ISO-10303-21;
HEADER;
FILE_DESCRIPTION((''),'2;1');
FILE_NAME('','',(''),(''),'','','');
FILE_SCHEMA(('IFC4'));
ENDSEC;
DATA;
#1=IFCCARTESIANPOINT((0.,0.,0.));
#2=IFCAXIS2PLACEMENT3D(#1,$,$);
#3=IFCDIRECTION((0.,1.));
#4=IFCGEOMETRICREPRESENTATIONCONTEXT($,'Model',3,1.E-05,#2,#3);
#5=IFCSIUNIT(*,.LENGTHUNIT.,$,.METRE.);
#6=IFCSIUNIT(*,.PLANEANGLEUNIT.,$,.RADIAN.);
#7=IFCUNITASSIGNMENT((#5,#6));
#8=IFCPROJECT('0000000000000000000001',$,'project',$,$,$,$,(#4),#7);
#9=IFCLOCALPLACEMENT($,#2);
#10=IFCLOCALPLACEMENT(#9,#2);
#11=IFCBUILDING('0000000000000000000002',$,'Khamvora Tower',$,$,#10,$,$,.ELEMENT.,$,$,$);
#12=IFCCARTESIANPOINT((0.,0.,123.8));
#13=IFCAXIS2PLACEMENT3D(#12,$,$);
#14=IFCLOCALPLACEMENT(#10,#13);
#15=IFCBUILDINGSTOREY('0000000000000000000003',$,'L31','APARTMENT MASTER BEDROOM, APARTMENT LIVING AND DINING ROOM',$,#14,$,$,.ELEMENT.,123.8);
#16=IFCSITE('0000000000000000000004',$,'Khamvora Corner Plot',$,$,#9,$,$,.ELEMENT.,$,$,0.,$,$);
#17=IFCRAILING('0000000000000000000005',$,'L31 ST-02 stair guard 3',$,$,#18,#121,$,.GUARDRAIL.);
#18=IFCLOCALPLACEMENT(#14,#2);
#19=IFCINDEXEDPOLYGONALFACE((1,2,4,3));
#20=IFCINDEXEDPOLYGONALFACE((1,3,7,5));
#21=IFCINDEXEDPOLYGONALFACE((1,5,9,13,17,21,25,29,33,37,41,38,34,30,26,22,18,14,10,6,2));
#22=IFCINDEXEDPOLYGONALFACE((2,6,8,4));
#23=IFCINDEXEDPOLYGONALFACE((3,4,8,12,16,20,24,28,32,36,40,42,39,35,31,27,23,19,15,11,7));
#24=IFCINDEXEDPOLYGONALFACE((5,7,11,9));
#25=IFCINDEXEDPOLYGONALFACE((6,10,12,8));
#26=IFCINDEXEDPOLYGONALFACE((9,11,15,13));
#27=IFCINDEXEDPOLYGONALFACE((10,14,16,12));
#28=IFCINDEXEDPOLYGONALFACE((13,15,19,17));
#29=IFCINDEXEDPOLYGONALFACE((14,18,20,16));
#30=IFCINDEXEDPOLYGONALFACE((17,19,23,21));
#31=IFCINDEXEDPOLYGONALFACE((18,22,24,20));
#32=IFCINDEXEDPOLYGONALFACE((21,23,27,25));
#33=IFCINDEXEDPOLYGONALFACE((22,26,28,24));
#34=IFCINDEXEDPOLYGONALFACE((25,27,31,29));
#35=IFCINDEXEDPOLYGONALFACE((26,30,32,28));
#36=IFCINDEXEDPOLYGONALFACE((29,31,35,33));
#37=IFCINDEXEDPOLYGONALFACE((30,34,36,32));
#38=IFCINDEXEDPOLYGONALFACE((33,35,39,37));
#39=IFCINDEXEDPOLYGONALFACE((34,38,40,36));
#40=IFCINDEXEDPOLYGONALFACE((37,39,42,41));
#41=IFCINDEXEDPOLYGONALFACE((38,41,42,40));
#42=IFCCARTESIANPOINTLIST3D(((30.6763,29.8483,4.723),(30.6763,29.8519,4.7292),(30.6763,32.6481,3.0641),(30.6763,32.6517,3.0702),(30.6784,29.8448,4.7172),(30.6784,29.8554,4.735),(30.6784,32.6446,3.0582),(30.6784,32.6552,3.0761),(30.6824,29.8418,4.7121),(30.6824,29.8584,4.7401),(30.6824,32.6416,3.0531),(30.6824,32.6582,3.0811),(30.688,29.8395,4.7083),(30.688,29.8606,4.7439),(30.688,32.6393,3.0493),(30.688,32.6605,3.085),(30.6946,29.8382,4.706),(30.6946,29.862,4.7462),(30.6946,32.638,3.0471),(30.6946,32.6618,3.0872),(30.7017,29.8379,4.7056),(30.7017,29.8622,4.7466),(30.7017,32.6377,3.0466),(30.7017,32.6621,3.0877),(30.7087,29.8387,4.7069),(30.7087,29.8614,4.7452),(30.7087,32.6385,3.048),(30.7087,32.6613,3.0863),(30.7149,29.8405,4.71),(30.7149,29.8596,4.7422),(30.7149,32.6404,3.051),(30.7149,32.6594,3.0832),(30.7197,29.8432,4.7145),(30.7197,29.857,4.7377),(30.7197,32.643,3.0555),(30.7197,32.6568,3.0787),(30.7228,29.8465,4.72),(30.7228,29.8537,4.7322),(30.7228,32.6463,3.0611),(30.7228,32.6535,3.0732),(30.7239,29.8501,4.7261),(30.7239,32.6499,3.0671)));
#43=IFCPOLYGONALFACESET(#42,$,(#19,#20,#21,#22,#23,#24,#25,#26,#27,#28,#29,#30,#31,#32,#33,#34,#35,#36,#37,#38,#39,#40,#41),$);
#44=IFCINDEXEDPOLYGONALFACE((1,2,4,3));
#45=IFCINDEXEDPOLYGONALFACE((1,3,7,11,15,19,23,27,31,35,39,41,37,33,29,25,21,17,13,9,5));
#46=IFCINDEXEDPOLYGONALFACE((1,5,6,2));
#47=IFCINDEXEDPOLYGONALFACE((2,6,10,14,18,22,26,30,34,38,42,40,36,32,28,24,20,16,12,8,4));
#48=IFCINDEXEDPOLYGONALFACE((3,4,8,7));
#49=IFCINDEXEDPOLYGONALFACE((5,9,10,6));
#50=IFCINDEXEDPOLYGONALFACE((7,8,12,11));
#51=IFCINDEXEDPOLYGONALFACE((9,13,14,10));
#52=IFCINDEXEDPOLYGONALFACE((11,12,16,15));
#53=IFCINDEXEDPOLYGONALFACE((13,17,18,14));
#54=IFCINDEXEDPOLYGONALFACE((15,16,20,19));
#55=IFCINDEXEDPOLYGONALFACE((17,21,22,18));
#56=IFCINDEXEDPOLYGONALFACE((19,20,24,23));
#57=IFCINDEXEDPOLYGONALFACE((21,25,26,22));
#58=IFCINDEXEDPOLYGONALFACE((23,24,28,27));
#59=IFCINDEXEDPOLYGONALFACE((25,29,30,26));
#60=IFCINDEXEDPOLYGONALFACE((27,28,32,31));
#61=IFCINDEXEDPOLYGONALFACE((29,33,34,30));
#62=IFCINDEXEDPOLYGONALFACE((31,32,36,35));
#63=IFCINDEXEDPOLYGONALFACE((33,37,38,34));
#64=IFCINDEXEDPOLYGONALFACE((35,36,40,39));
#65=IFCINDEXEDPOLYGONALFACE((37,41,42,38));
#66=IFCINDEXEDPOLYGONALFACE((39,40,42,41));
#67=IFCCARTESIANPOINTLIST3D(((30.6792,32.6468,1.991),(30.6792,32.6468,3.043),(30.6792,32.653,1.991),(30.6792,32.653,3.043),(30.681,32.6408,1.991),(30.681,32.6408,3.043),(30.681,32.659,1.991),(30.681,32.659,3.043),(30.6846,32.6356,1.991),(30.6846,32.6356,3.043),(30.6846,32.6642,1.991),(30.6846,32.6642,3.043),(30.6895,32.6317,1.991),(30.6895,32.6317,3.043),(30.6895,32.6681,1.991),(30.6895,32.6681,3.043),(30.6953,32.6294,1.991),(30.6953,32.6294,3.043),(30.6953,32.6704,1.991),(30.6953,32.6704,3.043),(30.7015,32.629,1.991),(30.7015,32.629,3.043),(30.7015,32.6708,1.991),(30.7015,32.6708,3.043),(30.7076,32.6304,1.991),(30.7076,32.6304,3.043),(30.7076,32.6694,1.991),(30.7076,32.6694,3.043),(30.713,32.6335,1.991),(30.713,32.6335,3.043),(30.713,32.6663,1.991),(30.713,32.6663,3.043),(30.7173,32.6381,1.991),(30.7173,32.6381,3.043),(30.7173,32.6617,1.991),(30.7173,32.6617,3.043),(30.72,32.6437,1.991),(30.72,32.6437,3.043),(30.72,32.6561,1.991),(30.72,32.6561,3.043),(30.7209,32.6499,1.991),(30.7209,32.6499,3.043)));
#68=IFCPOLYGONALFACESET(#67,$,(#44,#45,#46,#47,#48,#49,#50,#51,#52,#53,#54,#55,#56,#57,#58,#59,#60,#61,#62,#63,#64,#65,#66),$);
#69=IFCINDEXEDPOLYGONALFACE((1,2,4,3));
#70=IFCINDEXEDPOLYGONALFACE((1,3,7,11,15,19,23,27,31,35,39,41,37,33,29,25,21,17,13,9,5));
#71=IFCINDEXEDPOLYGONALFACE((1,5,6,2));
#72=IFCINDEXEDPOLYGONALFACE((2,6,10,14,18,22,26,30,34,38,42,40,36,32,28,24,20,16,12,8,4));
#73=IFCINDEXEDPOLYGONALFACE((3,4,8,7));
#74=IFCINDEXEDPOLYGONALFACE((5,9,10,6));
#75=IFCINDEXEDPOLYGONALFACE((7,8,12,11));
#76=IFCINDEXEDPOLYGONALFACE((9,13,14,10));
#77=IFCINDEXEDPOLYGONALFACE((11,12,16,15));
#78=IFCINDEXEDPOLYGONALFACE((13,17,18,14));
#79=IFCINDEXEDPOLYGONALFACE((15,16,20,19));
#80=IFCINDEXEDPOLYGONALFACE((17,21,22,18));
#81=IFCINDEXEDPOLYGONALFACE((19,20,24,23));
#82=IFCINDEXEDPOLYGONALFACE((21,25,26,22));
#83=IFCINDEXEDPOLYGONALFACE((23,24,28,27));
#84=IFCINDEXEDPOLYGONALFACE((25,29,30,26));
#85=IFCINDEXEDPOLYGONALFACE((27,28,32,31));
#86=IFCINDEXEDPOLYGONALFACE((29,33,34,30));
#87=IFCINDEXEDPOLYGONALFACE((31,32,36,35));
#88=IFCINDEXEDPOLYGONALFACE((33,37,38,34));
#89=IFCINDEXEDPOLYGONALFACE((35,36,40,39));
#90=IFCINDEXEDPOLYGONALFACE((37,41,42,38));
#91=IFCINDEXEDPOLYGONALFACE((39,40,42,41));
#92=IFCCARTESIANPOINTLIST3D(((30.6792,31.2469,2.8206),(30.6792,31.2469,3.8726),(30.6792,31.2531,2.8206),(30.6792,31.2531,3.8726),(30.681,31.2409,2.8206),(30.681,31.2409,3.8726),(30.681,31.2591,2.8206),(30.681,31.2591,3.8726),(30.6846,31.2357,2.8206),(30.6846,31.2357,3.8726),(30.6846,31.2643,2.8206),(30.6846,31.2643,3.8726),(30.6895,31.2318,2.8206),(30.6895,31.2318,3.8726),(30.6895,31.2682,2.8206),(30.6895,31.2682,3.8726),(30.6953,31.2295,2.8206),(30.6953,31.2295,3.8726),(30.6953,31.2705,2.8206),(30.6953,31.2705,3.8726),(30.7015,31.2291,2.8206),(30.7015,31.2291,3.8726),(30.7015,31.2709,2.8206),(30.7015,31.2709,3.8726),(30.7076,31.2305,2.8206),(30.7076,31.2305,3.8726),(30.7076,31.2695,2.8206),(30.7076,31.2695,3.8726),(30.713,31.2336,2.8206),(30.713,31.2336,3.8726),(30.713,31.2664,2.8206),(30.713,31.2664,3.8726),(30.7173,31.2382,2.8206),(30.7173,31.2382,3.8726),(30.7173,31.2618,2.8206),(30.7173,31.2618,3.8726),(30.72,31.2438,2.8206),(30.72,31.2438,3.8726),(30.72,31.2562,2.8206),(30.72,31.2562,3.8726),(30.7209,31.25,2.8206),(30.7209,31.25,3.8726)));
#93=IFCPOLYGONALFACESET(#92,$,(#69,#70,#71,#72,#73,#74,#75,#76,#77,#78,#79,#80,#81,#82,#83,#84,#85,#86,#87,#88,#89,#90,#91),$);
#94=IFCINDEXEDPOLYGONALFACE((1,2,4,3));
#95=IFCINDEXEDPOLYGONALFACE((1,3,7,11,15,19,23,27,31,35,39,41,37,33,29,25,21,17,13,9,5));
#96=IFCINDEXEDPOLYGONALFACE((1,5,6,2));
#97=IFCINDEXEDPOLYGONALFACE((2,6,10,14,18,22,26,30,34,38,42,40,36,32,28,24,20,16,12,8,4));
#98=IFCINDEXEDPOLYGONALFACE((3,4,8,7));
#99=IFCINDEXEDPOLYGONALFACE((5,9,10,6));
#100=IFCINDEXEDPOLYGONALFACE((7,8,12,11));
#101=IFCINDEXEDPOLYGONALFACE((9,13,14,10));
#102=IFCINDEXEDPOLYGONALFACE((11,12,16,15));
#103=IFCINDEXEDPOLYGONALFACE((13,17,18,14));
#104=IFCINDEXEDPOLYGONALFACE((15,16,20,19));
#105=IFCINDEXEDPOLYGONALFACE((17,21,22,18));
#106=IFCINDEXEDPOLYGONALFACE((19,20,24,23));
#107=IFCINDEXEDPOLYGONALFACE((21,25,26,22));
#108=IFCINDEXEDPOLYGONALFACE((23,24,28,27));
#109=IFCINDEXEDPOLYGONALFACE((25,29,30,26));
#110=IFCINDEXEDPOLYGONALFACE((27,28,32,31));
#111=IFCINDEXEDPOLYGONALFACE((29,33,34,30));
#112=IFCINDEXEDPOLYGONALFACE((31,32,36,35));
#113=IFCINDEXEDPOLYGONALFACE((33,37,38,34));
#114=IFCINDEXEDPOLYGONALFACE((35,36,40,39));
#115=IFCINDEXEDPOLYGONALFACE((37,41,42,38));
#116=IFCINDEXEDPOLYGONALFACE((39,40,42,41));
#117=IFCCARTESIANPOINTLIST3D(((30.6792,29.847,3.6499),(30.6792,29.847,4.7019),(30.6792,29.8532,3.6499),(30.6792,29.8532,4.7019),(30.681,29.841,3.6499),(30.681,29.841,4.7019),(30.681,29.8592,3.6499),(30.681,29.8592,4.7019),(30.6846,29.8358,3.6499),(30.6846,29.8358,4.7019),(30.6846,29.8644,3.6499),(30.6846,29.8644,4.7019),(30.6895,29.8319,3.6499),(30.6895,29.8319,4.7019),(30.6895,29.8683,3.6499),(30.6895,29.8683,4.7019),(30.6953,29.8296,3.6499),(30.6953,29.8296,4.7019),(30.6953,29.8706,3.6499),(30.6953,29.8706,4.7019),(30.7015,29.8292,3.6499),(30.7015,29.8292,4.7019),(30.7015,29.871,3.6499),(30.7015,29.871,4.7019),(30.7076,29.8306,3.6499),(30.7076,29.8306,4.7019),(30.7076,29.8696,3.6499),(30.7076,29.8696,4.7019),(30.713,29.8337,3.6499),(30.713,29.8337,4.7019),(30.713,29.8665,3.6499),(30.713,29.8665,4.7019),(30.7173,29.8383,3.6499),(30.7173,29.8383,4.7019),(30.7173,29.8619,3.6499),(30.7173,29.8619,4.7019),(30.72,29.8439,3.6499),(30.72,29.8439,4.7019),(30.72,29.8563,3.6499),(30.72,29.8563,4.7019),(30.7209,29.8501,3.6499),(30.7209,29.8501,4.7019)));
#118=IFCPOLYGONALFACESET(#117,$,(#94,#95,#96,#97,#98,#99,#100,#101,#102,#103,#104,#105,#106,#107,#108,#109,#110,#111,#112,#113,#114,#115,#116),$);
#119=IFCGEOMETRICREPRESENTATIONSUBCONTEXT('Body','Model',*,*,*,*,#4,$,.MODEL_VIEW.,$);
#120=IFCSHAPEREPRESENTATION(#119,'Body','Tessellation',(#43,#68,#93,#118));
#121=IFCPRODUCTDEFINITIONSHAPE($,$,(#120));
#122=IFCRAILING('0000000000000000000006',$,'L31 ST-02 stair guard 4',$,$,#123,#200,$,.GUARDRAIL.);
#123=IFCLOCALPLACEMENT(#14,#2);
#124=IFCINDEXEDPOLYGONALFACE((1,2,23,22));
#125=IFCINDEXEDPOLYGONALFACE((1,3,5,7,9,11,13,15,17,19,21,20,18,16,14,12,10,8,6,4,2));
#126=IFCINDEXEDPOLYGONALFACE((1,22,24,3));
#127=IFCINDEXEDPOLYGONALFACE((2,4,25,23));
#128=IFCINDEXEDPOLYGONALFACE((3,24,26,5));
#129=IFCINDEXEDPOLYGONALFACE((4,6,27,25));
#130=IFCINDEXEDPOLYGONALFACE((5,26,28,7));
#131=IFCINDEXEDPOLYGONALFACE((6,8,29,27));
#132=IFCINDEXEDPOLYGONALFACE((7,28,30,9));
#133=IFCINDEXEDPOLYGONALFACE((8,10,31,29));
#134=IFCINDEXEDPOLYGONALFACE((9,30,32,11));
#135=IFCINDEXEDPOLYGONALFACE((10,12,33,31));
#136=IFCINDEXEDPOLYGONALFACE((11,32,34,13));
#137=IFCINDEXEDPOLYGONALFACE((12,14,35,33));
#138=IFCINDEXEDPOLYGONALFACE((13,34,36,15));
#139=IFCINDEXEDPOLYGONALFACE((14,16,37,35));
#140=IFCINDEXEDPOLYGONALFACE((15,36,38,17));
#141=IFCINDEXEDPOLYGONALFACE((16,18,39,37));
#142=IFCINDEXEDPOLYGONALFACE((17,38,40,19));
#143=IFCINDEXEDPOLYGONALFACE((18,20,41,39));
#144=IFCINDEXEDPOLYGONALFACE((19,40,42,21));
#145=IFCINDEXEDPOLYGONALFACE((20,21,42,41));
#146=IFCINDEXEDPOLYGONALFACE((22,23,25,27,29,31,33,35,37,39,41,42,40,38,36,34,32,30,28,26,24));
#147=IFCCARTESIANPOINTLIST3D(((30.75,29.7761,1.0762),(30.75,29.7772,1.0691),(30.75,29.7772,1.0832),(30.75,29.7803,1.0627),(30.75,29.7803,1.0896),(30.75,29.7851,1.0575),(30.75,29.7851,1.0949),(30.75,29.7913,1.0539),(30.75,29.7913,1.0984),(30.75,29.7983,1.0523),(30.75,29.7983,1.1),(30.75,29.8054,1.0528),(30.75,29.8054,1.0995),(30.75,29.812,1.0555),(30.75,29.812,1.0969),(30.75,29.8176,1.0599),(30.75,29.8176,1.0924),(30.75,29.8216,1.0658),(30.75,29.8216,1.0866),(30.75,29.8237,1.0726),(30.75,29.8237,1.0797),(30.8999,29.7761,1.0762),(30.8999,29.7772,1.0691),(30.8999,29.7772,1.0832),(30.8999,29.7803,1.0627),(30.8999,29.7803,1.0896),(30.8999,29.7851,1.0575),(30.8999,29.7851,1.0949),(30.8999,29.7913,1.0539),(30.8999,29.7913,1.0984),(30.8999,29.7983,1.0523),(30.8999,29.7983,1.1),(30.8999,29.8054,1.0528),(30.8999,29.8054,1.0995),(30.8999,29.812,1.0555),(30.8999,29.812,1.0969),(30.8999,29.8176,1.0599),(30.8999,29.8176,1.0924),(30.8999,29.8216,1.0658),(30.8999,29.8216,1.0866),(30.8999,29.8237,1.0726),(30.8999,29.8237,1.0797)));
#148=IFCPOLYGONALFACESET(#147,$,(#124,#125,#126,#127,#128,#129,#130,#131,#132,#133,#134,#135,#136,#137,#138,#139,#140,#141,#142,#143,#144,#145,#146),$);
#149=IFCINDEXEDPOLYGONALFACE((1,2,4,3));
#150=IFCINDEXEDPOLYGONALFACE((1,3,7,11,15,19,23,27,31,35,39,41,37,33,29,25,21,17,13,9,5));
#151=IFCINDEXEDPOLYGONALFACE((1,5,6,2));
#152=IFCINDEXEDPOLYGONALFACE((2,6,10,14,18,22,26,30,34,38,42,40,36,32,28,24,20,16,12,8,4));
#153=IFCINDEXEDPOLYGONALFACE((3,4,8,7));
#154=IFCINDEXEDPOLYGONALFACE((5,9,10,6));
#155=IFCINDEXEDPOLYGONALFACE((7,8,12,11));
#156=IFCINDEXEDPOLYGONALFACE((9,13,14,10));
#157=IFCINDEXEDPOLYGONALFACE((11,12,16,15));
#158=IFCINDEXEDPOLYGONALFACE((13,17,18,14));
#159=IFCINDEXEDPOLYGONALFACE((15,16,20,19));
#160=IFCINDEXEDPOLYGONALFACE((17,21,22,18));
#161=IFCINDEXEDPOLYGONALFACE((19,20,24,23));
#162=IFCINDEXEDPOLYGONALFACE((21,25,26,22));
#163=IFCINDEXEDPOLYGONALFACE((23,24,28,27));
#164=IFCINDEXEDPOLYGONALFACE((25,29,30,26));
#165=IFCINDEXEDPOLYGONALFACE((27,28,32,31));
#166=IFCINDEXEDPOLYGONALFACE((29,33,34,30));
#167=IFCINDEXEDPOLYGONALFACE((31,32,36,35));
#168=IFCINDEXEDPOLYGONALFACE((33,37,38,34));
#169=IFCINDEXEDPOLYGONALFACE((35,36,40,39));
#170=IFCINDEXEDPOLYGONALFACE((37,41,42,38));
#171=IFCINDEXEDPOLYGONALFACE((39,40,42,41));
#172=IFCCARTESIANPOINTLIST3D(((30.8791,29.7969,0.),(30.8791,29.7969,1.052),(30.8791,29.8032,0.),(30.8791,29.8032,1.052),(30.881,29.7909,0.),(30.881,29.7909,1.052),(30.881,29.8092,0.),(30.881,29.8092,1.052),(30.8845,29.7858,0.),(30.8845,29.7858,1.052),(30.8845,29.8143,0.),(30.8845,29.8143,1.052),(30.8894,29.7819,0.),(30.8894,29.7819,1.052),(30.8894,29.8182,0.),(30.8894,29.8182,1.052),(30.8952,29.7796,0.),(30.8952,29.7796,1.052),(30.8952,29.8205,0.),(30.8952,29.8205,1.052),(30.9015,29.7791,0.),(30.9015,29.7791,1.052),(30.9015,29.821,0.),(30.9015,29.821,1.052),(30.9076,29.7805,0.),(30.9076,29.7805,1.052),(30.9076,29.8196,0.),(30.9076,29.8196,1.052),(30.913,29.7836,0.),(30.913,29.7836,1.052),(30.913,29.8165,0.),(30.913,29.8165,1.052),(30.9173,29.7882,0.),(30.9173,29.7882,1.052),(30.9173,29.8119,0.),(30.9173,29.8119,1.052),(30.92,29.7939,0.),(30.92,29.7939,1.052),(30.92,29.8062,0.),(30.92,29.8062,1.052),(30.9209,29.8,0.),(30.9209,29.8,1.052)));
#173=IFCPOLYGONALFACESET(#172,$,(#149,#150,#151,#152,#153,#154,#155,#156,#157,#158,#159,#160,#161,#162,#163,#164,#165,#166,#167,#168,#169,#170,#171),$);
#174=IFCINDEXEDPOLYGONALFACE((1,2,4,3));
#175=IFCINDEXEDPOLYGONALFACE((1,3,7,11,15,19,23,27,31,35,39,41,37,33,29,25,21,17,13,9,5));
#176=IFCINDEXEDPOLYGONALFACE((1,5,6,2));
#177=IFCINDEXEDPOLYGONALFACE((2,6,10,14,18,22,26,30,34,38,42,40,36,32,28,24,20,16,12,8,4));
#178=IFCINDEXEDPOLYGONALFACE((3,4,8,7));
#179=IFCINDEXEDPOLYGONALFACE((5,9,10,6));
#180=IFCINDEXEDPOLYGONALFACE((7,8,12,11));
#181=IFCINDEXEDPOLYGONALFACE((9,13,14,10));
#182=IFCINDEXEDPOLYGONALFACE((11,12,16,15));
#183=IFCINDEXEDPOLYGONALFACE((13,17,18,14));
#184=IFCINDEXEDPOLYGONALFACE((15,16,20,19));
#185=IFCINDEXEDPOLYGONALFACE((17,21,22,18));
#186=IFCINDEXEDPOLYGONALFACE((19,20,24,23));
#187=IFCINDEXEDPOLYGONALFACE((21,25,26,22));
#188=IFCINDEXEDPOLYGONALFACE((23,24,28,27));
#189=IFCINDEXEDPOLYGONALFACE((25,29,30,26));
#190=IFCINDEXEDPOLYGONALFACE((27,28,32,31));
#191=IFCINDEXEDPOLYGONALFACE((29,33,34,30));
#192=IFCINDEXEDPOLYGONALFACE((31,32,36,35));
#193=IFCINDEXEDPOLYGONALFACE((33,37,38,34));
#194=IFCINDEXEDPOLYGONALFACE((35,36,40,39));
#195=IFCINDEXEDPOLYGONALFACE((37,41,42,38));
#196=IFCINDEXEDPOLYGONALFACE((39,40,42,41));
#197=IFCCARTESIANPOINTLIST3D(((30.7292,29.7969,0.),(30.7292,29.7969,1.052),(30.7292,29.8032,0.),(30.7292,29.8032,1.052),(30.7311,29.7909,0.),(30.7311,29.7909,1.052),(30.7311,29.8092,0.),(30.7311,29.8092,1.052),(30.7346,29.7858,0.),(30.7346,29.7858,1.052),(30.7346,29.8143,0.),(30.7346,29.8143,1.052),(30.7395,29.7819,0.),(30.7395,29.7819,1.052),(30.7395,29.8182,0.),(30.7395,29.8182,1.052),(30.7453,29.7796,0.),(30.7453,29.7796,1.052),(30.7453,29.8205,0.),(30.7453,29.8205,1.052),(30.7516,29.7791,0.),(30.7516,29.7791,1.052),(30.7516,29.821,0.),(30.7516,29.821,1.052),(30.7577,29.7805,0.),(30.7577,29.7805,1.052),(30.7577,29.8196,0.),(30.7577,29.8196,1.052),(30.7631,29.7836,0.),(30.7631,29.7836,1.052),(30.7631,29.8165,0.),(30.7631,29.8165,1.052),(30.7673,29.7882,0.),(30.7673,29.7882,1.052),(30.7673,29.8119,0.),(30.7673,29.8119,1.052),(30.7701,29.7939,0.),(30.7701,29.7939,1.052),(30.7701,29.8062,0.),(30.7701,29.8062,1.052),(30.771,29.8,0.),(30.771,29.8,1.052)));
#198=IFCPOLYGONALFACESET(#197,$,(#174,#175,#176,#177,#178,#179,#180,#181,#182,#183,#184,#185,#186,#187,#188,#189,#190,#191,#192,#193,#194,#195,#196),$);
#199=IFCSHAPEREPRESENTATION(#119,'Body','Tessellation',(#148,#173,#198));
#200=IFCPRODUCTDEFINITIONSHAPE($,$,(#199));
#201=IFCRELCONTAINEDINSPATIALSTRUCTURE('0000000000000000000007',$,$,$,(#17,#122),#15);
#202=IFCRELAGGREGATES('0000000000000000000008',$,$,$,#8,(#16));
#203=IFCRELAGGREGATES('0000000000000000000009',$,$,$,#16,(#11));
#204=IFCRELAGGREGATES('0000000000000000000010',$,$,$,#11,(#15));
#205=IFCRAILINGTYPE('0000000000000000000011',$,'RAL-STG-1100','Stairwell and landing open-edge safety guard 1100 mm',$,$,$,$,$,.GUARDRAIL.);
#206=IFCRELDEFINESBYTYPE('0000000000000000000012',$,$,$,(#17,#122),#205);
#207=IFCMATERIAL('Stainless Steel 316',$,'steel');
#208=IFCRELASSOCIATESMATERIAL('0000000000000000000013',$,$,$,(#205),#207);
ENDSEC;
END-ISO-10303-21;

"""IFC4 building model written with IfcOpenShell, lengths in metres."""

from ifc_helpers import new_model, si_unit, direction, frame, origin, origin_2d, place, context, subcontext, project, spatial, circle, extrude, material, type_object, element, save


model = new_model("IFC4")

# Units and contexts
model_context = context("Model", 3, precision=1e-05, world=origin(), true_north=direction((0.0, 1.0)))
body_context = subcontext(model_context, "Body", "Model", "MODEL_VIEW")
ifc_project = project(units=[si_unit("LENGTHUNIT", "METRE"), si_unit("PLANEANGLEUNIT", "RADIAN")], contexts=[model_context])

# Site, building, storey
site_placement = place(None, origin())
site = spatial("IfcSite", under=ifc_project, at=site_placement, Name="Khamvora Corner Plot", CompositionType="ELEMENT", RefElevation=0.0)
building_placement = place(site_placement, origin())
building = spatial("IfcBuilding", under=site, at=building_placement, Name="Khamvora Tower", CompositionType="ELEMENT")
storey_placement = place(building_placement, frame((0.0, 0.0, 123.8)))
storey = spatial("IfcBuildingStorey", under=building, at=storey_placement, Name="L31", Description="APARTMENT MASTER BEDROOM, APARTMENT LIVING AND DINING ROOM", CompositionType="ELEMENT", Elevation=123.8)

# Railings
ifc_material_1 = material(Name="Stainless Steel 316", Category="steel")
railing_type_1 = type_object("IfcRailingType", Name="RAL-STG-1100", Description="Stairwell and landing open-edge safety guard 1100 mm", PredefinedType="GUARDRAIL", material=ifc_material_1)
railing_1_placement = place(storey_placement, frame((30.7, 32.6499, 1.991)))
element("IfcRailing", 1, at=railing_1_placement, inside=storey, type_object=railing_type_1, Name="L31 ST-02 stair guard 3", PredefinedType="GUARDRAIL", context=body_context, shape_type="SweptSolid", body=[
    extrude(circle(Radius=0.0239, at=origin_2d()), frame((0.0, 0.0, 1.0762), z_axis=(0.0, -0.86032, 0.509755), x_axis=(1.0, 0.0, 0.0)), (0.0, 0.0, 1.0), 3.2544),
    extrude(circle(Radius=0.021, at=origin_2d()), origin(), (0.0, 0.0, 1.0), 1.052),
    extrude(circle(Radius=0.021, at=origin_2d()), frame((0.0, -1.3999, 0.8296)), (0.0, 0.0, 1.0), 1.052),
    extrude(circle(Radius=0.021, at=origin_2d()), frame((0.0, -2.7998, 1.6589)), (0.0, 0.0, 1.0), 1.052),
])
railing_2_placement = place(storey_placement, frame((30.8999, 29.8, 0.0)))
element("IfcRailing", 2, at=railing_2_placement, inside=storey, type_object=railing_type_1, Name="L31 ST-02 stair guard 4", PredefinedType="GUARDRAIL", context=body_context, shape_type="SweptSolid", body=[
    extrude(circle(Radius=0.0239, at=origin_2d()), frame((0.0, 0.0, 1.0762), z_axis=(-1.0, 0.0, 0.0), x_axis=(0.0, -1.0, 0.0)), (0.0, 0.0, 1.0), 0.1499),
    extrude(circle(Radius=0.021, at=origin_2d()), origin(), (0.0, 0.0, 1.0), 1.052),
    extrude(circle(Radius=0.021, at=origin_2d()), frame((-0.1499, 0.0, 0.0)), (0.0, 0.0, 1.0), 1.052),
])

save(model, "model.ifc")
